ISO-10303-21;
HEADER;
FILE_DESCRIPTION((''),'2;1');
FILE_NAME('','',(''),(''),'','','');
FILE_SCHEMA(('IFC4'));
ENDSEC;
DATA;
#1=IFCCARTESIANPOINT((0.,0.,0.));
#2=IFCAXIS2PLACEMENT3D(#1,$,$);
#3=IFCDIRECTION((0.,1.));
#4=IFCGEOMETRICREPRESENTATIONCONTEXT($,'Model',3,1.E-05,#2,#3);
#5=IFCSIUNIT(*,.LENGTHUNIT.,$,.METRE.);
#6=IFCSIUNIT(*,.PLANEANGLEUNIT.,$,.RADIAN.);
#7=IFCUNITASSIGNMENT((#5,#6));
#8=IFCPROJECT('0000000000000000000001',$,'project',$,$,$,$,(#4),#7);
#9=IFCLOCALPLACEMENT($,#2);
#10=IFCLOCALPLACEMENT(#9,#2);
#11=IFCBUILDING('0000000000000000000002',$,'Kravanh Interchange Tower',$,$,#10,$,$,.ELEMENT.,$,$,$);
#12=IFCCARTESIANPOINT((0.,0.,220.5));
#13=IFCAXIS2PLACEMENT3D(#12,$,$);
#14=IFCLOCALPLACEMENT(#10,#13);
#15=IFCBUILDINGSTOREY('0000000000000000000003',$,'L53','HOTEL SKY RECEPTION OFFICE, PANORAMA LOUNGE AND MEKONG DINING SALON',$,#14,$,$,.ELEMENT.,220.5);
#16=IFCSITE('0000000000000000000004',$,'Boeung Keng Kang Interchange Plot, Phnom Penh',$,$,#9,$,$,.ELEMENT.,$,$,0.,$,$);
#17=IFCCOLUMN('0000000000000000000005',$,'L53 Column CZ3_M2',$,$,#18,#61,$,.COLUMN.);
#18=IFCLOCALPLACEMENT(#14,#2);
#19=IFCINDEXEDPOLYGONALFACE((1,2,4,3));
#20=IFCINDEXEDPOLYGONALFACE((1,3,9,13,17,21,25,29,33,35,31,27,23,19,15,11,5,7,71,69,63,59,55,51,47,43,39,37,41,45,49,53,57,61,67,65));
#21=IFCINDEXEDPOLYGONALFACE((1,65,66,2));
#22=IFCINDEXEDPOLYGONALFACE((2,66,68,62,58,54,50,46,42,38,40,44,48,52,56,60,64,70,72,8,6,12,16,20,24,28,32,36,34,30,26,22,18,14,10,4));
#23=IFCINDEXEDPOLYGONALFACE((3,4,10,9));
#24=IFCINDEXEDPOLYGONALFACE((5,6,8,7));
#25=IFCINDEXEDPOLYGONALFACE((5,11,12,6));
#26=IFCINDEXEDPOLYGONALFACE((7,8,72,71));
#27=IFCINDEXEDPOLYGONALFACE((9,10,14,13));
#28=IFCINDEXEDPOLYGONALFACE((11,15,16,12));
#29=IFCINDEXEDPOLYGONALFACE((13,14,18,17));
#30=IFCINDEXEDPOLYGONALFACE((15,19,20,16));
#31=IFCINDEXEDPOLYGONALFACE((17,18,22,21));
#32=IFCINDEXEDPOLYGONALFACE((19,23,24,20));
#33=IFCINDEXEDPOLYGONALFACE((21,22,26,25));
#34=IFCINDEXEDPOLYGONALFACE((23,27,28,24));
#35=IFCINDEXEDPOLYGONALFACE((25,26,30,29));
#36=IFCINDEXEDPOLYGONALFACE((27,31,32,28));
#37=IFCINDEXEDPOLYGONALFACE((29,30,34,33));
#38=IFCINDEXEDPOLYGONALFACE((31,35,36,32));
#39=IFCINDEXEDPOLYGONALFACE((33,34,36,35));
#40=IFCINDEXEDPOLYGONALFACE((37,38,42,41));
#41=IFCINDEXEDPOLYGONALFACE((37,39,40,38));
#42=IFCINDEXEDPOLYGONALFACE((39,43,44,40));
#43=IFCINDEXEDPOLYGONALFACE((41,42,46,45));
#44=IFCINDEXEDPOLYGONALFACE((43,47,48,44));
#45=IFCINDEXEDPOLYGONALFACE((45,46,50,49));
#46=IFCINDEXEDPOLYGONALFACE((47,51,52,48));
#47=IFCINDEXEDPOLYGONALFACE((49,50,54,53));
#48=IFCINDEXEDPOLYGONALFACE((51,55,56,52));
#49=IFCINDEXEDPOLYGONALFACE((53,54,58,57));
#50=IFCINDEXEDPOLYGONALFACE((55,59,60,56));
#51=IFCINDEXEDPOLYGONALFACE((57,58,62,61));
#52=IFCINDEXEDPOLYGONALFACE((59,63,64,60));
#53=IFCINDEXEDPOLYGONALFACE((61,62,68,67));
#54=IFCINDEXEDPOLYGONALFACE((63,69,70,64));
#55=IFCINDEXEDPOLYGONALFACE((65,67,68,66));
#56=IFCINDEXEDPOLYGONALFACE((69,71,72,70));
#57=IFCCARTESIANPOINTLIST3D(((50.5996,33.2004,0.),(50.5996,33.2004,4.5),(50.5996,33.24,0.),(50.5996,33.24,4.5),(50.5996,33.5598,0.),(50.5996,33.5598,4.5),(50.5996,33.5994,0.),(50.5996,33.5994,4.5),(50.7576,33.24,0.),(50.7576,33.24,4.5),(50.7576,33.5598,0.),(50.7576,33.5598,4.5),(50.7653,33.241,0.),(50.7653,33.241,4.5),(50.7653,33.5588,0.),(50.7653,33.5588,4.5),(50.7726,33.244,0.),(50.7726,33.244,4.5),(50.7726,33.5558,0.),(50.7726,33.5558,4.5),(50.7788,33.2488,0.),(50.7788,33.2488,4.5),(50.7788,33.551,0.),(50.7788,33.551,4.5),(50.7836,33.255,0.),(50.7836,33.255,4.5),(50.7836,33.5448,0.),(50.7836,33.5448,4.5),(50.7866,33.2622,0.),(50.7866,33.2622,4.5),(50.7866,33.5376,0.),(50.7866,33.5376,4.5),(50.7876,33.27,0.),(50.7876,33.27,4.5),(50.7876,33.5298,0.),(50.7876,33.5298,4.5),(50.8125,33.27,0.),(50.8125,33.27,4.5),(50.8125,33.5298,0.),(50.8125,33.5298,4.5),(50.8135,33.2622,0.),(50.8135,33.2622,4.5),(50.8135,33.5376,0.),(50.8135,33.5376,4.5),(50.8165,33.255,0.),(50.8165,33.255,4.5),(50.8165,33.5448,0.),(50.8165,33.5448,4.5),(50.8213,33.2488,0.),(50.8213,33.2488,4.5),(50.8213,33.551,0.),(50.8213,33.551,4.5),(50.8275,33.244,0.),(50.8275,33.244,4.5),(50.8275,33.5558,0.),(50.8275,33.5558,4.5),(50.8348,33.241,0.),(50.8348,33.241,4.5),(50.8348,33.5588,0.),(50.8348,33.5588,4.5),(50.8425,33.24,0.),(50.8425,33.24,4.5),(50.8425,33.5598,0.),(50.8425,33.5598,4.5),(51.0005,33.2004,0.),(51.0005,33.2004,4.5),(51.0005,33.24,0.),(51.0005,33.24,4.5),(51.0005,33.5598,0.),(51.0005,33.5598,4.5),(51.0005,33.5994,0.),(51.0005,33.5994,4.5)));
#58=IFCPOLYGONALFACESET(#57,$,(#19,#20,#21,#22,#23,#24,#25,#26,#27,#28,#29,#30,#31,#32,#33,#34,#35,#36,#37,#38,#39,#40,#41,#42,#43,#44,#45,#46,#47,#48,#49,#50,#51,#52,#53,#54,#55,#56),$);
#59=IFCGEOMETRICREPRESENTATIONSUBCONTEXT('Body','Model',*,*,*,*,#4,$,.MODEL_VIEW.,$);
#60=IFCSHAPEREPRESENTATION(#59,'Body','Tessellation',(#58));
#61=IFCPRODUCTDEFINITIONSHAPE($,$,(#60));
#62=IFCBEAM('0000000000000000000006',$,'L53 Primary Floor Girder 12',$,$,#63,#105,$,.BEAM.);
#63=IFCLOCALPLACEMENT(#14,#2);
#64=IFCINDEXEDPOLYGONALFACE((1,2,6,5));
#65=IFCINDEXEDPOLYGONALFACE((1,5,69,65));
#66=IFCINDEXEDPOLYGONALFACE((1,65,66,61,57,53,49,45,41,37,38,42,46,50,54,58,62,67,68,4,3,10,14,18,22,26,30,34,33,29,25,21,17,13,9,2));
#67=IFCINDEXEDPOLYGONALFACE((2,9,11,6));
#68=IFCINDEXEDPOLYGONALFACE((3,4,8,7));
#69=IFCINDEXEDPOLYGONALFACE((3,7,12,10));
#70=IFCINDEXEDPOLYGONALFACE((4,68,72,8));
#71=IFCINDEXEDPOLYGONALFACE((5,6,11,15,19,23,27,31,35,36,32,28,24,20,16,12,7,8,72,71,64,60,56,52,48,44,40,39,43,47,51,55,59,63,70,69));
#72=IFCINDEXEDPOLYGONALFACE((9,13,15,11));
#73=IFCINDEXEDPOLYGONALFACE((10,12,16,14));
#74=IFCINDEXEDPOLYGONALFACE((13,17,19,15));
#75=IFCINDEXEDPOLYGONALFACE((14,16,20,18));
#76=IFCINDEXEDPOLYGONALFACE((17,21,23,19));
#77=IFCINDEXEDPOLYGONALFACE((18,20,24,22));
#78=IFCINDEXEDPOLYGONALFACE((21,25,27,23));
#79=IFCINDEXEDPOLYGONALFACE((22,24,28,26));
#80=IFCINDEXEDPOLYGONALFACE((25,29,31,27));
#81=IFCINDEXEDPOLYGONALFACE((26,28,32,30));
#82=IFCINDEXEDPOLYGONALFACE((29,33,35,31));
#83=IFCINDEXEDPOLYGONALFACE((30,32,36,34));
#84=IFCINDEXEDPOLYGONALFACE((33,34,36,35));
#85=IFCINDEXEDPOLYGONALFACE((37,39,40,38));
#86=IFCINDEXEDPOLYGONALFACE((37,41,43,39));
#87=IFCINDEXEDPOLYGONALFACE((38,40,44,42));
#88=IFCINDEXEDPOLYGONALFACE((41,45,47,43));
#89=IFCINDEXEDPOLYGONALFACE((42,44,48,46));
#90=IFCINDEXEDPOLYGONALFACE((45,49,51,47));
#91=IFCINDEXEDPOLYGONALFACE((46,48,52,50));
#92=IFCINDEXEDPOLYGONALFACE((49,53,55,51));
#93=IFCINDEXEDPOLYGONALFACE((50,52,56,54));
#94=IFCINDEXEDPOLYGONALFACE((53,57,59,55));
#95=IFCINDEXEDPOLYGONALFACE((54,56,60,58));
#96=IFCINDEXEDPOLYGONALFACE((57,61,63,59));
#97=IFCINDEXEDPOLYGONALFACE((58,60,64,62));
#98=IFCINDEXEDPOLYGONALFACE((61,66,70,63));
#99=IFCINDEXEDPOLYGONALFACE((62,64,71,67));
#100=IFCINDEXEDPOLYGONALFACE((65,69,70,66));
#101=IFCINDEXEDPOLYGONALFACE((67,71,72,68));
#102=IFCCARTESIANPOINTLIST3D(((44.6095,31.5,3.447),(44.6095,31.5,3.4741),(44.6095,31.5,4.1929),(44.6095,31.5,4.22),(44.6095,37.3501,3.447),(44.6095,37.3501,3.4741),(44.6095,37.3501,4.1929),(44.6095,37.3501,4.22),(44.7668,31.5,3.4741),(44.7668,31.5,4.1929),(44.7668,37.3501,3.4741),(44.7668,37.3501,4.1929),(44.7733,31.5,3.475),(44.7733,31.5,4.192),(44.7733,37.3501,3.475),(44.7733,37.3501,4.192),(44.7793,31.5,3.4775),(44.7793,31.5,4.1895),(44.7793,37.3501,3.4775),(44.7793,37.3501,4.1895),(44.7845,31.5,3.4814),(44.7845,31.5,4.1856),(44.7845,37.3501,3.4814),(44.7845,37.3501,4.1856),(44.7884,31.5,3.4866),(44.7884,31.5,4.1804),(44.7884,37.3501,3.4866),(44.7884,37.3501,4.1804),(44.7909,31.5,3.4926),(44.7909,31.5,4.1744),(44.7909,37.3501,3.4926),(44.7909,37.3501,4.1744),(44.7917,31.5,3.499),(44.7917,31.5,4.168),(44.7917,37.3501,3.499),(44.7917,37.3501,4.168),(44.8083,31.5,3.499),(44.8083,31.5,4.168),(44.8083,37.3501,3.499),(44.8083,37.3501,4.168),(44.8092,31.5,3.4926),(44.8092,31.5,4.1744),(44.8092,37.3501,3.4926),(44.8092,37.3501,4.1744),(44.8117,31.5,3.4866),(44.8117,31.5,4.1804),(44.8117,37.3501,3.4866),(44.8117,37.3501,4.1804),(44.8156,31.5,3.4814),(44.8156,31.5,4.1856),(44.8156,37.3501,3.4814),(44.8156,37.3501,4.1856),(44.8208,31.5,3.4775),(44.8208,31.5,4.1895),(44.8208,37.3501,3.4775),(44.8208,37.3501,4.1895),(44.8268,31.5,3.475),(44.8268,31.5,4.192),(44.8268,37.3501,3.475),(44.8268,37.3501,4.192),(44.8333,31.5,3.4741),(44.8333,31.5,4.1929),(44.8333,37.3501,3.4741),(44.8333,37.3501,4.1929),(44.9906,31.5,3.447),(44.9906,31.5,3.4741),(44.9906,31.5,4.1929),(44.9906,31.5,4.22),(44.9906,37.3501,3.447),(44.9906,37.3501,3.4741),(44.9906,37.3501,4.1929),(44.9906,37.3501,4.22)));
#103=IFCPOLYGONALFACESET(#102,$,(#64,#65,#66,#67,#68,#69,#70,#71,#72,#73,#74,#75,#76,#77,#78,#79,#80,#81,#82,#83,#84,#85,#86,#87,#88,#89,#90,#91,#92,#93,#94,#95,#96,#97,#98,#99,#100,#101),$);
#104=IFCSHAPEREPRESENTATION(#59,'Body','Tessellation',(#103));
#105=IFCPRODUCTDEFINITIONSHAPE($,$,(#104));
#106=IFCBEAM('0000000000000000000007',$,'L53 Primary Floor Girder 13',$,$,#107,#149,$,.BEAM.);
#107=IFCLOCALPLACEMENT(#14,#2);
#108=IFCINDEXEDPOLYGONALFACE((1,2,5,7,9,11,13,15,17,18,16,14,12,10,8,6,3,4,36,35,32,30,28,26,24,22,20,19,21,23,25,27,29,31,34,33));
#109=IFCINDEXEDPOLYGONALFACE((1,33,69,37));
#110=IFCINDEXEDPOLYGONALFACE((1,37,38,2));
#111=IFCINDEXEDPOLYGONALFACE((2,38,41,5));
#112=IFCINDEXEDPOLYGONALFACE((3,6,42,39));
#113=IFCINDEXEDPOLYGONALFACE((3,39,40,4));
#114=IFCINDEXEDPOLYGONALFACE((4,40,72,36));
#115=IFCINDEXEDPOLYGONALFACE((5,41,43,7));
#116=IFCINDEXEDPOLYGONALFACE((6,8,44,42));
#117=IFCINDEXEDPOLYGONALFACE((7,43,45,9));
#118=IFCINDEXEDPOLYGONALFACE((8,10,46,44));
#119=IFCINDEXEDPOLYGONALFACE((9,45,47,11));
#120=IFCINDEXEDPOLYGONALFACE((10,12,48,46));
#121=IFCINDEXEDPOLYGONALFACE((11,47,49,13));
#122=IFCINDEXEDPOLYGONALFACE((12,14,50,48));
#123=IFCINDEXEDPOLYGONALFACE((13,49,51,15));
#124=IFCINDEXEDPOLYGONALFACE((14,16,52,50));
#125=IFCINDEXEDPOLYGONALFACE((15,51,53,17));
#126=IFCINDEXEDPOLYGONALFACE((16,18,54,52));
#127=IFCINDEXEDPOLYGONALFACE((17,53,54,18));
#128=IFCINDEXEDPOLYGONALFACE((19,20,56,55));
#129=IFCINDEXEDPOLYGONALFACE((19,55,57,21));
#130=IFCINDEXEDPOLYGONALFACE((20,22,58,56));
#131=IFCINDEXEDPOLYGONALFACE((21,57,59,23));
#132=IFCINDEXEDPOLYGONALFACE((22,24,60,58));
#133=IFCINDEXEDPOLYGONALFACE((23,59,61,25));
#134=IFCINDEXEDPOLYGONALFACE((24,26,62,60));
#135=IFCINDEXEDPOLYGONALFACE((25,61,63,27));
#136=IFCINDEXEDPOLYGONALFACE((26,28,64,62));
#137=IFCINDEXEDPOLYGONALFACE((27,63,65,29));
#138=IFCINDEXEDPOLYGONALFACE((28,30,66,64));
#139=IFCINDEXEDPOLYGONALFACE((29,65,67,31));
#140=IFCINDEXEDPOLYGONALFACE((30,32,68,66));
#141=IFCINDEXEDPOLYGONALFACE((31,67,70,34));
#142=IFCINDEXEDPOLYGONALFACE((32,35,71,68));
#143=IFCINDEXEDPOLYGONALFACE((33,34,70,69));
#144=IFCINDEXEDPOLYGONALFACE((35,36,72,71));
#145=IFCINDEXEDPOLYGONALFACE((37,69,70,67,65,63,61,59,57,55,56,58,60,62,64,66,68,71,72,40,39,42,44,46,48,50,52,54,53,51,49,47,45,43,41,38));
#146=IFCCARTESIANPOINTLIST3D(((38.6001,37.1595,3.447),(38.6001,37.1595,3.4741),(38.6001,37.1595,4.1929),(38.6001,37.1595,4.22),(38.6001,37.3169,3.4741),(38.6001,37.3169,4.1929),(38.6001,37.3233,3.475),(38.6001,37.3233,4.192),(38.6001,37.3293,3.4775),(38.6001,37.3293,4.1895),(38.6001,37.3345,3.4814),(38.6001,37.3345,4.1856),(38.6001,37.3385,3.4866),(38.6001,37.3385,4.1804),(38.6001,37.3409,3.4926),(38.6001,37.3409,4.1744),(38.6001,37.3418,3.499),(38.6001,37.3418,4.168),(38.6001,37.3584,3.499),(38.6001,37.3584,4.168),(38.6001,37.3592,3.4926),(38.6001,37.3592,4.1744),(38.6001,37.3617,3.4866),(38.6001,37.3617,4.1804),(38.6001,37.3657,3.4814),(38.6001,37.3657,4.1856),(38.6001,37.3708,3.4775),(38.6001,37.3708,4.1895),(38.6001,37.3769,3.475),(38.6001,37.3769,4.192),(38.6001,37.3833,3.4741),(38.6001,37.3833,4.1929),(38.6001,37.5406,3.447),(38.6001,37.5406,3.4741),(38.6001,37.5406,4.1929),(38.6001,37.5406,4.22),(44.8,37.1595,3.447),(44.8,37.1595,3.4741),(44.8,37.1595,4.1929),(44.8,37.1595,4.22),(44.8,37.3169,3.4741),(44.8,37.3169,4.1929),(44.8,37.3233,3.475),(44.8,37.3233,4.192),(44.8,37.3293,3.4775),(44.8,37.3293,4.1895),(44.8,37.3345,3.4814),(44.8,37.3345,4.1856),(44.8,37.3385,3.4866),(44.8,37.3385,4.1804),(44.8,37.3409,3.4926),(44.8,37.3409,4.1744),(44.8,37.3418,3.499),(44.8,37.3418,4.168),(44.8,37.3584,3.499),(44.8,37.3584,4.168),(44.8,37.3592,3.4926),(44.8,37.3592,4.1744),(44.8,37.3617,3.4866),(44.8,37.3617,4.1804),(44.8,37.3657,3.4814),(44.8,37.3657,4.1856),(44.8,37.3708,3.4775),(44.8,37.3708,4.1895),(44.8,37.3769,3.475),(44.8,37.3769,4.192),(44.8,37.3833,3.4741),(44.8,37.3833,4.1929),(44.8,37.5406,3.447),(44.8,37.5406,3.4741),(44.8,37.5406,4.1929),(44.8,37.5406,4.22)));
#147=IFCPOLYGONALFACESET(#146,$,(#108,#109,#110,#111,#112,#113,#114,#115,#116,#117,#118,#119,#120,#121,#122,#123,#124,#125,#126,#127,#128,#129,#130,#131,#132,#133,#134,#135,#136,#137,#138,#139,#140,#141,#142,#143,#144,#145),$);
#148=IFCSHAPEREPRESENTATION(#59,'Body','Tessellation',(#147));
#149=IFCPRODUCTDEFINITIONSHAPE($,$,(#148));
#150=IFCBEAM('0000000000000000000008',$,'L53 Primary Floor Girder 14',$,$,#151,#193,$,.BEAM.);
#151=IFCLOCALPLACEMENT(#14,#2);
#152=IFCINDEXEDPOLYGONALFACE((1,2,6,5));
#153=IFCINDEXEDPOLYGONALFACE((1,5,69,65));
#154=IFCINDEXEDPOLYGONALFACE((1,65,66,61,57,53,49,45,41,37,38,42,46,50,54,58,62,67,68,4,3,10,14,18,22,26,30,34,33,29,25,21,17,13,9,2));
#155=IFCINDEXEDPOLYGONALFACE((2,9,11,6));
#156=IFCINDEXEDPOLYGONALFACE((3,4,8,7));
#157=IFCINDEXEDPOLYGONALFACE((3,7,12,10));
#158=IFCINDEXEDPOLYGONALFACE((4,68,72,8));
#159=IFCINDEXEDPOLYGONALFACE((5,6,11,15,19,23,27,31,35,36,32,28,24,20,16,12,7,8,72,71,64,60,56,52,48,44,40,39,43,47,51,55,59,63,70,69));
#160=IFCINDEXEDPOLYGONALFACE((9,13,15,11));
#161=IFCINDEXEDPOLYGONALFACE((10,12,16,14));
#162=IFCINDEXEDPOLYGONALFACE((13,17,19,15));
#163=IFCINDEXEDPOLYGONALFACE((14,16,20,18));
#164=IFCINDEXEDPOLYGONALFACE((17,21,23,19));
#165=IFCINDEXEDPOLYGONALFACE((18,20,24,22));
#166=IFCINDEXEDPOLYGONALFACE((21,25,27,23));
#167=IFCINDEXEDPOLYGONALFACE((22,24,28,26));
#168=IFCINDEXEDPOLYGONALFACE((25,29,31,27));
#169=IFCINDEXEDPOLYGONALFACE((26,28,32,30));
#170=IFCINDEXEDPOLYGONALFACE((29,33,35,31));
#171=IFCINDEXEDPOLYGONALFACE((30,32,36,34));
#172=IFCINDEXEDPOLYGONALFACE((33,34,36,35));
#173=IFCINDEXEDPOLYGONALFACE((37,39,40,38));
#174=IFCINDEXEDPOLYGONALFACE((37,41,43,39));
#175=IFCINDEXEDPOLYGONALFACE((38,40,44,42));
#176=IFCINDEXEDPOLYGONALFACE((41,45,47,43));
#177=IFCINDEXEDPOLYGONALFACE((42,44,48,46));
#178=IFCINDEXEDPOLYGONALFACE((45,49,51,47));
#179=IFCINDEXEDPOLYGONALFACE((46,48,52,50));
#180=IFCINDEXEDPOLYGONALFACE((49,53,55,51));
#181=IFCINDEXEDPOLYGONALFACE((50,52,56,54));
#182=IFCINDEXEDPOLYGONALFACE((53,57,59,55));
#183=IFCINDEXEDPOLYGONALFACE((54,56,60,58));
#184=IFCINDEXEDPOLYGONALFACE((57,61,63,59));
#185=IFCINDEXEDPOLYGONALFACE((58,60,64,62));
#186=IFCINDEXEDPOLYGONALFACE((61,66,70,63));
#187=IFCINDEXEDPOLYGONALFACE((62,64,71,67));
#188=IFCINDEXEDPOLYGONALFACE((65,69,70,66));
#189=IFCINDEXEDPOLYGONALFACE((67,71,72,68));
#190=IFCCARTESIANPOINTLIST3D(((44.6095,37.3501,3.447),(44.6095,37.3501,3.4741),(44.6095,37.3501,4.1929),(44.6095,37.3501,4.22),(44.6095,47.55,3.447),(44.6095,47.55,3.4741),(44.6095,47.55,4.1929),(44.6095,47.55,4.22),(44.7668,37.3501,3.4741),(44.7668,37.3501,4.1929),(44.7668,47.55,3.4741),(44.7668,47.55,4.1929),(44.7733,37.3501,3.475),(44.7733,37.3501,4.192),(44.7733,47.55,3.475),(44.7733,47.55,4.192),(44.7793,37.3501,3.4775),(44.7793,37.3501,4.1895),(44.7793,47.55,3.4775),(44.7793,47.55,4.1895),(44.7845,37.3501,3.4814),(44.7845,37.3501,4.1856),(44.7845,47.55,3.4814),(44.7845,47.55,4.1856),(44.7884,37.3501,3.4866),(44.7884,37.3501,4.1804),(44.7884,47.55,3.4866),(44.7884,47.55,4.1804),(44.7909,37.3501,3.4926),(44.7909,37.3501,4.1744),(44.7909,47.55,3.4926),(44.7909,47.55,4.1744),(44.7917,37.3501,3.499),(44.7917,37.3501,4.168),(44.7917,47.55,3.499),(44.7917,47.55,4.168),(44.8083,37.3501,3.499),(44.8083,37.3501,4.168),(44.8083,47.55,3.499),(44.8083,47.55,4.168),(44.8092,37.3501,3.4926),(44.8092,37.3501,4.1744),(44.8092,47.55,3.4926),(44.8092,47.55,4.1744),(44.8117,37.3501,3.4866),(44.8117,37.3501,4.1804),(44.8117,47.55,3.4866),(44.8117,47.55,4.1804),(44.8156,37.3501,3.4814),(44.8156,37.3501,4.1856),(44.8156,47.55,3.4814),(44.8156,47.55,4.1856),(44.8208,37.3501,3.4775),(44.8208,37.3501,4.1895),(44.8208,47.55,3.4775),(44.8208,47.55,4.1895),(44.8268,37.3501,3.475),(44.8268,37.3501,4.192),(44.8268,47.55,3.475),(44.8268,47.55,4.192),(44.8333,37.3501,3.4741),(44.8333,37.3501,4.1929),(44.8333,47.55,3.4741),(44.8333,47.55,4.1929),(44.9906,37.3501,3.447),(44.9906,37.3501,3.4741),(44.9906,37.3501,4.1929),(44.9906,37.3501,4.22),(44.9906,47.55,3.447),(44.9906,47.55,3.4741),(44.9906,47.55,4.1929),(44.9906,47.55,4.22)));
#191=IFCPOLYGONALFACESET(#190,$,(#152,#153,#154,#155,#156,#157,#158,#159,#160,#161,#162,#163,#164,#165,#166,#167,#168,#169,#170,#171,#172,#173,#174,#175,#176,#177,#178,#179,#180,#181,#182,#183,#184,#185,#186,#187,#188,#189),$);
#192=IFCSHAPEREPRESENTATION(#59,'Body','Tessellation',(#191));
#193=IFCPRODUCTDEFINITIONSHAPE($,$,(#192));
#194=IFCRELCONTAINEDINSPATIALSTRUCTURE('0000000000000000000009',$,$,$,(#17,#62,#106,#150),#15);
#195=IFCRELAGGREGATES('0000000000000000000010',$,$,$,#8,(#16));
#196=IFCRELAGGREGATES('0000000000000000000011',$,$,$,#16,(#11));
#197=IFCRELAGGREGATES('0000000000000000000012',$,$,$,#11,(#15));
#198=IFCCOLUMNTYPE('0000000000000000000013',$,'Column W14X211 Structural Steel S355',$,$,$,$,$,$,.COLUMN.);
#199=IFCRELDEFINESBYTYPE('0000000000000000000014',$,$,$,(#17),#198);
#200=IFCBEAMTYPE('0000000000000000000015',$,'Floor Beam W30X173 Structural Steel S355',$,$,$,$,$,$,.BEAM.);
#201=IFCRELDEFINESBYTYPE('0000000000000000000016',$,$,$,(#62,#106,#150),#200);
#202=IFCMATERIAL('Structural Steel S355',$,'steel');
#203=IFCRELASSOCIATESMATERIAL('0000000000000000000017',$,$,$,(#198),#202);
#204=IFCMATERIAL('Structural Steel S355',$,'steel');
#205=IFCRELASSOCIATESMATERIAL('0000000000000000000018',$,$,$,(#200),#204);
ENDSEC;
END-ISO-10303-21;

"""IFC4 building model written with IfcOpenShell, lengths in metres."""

from ifc_helpers import new_model, si_unit, direction, frame, origin, origin_2d, place, context, subcontext, project, spatial, i_section, extrude, material, material_profile, profile_set, type_object, element, save


model = new_model("IFC4")

# Units and contexts
model_context = context("Model", 3, precision=1e-05, world=origin(), true_north=direction((0.0, 1.0)))
body_context = subcontext(model_context, "Body", "Model", "MODEL_VIEW")
ifc_project = project(units=[si_unit("LENGTHUNIT", "METRE"), si_unit("PLANEANGLEUNIT", "RADIAN")], contexts=[model_context])

# Site, building, storey
site_placement = place(None, origin())
site = spatial("IfcSite", under=ifc_project, at=site_placement, Name="Boeung Keng Kang Interchange Plot, Phnom Penh", CompositionType="ELEMENT", RefElevation=0.0)
building_placement = place(site_placement, origin())
building = spatial("IfcBuilding", under=site, at=building_placement, Name="Kravanh Interchange Tower", CompositionType="ELEMENT")
storey_placement = place(building_placement, frame((0.0, 0.0, 220.5)))
storey = spatial("IfcBuildingStorey", under=building, at=storey_placement, Name="L53", Description="HOTEL SKY RECEPTION OFFICE, PANORAMA LOUNGE AND MEKONG DINING SALON", CompositionType="ELEMENT", Elevation=220.5)

# Column
ifc_material_1 = material(Name="Structural Steel S355", Category="steel")
ifc_material_profile_1 = material_profile(ifc_material_1, i_section(OverallWidth=0.4009, OverallDepth=0.3989, WebThickness=0.0249, FlangeThickness=0.0396, FilletRadius=0.03, at=origin_2d()), Name="W14X211")
ifc_profile_set_1 = profile_set([ifc_material_profile_1], Name="Structural Steel S355")
column_type_1 = type_object("IfcColumnType", Name="Column W14X211 Structural Steel S355", PredefinedType="COLUMN", material=ifc_profile_set_1)
for number, where, z_axis, x_axis, name in (
    (1, (50.8, 33.3999, 0.0), (0.0, 0.0, 1.0), (1.0, 0.0, 0.0), "L53 Column CZ3_M2"),
):
    element("IfcColumn", number, at=place(storey_placement, frame(where, z_axis=z_axis, x_axis=x_axis)), inside=storey, type_object=column_type_1, Name=name, PredefinedType="COLUMN", context=body_context, shape_type="SweptSolid", body=[
        extrude(i_section(OverallWidth=0.4009, OverallDepth=0.3989, WebThickness=0.0249, FlangeThickness=0.0396, FilletRadius=0.03, at=origin_2d()), origin(), (0.0, 0.0, 1.0), 4.5),
    ])

# Beams
ifc_material_2 = material(Name="Structural Steel S355", Category="steel")
ifc_material_profile_2 = material_profile(ifc_material_2, i_section(OverallWidth=0.3811, OverallDepth=0.7729, WebThickness=0.0166, FlangeThickness=0.0271, FilletRadius=0.0249, at=origin_2d()), Name="W30X173")
ifc_profile_set_2 = profile_set([ifc_material_profile_2], Name="Structural Steel S355")
beam_type_1 = type_object("IfcBeamType", Name="Floor Beam W30X173 Structural Steel S355", PredefinedType="BEAM", material=ifc_profile_set_2)
beam_1_placement = place(storey_placement, frame((44.8, 37.3501, 3.8335), z_axis=(0.0, -1.0, 0.0), x_axis=(1.0, 0.0, 0.0)))
element("IfcBeam", 2, at=beam_1_placement, inside=storey, type_object=beam_type_1, Name="L53 Primary Floor Girder 12", PredefinedType="BEAM", context=body_context, shape_type="SweptSolid", body=[
    extrude(i_section(OverallWidth=0.3811, OverallDepth=0.7729, WebThickness=0.0166, FlangeThickness=0.0271, FilletRadius=0.0249, at=origin_2d()), origin(), (0.0, 0.0, 1.0), 5.8501),
])
beam_2_placement = place(storey_placement, frame((44.8, 37.3501, 3.8335), z_axis=(-1.0, 0.0, 0.0), x_axis=(0.0, -1.0, 0.0)))
element("IfcBeam", 3, at=beam_2_placement, inside=storey, type_object=beam_type_1, Name="L53 Primary Floor Girder 13", PredefinedType="BEAM", context=body_context, shape_type="SweptSolid", body=[
    extrude(i_section(OverallWidth=0.3811, OverallDepth=0.7729, WebThickness=0.0166, FlangeThickness=0.0271, FilletRadius=0.0249, at=origin_2d()), origin(), (0.0, 0.0, 1.0), 6.2),
])
beam_3_placement = place(storey_placement, frame((44.8, 37.3501, 3.8335), z_axis=(0.0, 1.0, 0.0), x_axis=(-1.0, 0.0, 0.0)))
element("IfcBeam", 4, at=beam_3_placement, inside=storey, type_object=beam_type_1, Name="L53 Primary Floor Girder 14", PredefinedType="BEAM", context=body_context, shape_type="SweptSolid", body=[
    extrude(i_section(OverallWidth=0.3811, OverallDepth=0.7729, WebThickness=0.0166, FlangeThickness=0.0271, FilletRadius=0.0249, at=origin_2d()), origin(), (0.0, 0.0, 1.0), 10.2),
])

save(model, "model.ifc")
